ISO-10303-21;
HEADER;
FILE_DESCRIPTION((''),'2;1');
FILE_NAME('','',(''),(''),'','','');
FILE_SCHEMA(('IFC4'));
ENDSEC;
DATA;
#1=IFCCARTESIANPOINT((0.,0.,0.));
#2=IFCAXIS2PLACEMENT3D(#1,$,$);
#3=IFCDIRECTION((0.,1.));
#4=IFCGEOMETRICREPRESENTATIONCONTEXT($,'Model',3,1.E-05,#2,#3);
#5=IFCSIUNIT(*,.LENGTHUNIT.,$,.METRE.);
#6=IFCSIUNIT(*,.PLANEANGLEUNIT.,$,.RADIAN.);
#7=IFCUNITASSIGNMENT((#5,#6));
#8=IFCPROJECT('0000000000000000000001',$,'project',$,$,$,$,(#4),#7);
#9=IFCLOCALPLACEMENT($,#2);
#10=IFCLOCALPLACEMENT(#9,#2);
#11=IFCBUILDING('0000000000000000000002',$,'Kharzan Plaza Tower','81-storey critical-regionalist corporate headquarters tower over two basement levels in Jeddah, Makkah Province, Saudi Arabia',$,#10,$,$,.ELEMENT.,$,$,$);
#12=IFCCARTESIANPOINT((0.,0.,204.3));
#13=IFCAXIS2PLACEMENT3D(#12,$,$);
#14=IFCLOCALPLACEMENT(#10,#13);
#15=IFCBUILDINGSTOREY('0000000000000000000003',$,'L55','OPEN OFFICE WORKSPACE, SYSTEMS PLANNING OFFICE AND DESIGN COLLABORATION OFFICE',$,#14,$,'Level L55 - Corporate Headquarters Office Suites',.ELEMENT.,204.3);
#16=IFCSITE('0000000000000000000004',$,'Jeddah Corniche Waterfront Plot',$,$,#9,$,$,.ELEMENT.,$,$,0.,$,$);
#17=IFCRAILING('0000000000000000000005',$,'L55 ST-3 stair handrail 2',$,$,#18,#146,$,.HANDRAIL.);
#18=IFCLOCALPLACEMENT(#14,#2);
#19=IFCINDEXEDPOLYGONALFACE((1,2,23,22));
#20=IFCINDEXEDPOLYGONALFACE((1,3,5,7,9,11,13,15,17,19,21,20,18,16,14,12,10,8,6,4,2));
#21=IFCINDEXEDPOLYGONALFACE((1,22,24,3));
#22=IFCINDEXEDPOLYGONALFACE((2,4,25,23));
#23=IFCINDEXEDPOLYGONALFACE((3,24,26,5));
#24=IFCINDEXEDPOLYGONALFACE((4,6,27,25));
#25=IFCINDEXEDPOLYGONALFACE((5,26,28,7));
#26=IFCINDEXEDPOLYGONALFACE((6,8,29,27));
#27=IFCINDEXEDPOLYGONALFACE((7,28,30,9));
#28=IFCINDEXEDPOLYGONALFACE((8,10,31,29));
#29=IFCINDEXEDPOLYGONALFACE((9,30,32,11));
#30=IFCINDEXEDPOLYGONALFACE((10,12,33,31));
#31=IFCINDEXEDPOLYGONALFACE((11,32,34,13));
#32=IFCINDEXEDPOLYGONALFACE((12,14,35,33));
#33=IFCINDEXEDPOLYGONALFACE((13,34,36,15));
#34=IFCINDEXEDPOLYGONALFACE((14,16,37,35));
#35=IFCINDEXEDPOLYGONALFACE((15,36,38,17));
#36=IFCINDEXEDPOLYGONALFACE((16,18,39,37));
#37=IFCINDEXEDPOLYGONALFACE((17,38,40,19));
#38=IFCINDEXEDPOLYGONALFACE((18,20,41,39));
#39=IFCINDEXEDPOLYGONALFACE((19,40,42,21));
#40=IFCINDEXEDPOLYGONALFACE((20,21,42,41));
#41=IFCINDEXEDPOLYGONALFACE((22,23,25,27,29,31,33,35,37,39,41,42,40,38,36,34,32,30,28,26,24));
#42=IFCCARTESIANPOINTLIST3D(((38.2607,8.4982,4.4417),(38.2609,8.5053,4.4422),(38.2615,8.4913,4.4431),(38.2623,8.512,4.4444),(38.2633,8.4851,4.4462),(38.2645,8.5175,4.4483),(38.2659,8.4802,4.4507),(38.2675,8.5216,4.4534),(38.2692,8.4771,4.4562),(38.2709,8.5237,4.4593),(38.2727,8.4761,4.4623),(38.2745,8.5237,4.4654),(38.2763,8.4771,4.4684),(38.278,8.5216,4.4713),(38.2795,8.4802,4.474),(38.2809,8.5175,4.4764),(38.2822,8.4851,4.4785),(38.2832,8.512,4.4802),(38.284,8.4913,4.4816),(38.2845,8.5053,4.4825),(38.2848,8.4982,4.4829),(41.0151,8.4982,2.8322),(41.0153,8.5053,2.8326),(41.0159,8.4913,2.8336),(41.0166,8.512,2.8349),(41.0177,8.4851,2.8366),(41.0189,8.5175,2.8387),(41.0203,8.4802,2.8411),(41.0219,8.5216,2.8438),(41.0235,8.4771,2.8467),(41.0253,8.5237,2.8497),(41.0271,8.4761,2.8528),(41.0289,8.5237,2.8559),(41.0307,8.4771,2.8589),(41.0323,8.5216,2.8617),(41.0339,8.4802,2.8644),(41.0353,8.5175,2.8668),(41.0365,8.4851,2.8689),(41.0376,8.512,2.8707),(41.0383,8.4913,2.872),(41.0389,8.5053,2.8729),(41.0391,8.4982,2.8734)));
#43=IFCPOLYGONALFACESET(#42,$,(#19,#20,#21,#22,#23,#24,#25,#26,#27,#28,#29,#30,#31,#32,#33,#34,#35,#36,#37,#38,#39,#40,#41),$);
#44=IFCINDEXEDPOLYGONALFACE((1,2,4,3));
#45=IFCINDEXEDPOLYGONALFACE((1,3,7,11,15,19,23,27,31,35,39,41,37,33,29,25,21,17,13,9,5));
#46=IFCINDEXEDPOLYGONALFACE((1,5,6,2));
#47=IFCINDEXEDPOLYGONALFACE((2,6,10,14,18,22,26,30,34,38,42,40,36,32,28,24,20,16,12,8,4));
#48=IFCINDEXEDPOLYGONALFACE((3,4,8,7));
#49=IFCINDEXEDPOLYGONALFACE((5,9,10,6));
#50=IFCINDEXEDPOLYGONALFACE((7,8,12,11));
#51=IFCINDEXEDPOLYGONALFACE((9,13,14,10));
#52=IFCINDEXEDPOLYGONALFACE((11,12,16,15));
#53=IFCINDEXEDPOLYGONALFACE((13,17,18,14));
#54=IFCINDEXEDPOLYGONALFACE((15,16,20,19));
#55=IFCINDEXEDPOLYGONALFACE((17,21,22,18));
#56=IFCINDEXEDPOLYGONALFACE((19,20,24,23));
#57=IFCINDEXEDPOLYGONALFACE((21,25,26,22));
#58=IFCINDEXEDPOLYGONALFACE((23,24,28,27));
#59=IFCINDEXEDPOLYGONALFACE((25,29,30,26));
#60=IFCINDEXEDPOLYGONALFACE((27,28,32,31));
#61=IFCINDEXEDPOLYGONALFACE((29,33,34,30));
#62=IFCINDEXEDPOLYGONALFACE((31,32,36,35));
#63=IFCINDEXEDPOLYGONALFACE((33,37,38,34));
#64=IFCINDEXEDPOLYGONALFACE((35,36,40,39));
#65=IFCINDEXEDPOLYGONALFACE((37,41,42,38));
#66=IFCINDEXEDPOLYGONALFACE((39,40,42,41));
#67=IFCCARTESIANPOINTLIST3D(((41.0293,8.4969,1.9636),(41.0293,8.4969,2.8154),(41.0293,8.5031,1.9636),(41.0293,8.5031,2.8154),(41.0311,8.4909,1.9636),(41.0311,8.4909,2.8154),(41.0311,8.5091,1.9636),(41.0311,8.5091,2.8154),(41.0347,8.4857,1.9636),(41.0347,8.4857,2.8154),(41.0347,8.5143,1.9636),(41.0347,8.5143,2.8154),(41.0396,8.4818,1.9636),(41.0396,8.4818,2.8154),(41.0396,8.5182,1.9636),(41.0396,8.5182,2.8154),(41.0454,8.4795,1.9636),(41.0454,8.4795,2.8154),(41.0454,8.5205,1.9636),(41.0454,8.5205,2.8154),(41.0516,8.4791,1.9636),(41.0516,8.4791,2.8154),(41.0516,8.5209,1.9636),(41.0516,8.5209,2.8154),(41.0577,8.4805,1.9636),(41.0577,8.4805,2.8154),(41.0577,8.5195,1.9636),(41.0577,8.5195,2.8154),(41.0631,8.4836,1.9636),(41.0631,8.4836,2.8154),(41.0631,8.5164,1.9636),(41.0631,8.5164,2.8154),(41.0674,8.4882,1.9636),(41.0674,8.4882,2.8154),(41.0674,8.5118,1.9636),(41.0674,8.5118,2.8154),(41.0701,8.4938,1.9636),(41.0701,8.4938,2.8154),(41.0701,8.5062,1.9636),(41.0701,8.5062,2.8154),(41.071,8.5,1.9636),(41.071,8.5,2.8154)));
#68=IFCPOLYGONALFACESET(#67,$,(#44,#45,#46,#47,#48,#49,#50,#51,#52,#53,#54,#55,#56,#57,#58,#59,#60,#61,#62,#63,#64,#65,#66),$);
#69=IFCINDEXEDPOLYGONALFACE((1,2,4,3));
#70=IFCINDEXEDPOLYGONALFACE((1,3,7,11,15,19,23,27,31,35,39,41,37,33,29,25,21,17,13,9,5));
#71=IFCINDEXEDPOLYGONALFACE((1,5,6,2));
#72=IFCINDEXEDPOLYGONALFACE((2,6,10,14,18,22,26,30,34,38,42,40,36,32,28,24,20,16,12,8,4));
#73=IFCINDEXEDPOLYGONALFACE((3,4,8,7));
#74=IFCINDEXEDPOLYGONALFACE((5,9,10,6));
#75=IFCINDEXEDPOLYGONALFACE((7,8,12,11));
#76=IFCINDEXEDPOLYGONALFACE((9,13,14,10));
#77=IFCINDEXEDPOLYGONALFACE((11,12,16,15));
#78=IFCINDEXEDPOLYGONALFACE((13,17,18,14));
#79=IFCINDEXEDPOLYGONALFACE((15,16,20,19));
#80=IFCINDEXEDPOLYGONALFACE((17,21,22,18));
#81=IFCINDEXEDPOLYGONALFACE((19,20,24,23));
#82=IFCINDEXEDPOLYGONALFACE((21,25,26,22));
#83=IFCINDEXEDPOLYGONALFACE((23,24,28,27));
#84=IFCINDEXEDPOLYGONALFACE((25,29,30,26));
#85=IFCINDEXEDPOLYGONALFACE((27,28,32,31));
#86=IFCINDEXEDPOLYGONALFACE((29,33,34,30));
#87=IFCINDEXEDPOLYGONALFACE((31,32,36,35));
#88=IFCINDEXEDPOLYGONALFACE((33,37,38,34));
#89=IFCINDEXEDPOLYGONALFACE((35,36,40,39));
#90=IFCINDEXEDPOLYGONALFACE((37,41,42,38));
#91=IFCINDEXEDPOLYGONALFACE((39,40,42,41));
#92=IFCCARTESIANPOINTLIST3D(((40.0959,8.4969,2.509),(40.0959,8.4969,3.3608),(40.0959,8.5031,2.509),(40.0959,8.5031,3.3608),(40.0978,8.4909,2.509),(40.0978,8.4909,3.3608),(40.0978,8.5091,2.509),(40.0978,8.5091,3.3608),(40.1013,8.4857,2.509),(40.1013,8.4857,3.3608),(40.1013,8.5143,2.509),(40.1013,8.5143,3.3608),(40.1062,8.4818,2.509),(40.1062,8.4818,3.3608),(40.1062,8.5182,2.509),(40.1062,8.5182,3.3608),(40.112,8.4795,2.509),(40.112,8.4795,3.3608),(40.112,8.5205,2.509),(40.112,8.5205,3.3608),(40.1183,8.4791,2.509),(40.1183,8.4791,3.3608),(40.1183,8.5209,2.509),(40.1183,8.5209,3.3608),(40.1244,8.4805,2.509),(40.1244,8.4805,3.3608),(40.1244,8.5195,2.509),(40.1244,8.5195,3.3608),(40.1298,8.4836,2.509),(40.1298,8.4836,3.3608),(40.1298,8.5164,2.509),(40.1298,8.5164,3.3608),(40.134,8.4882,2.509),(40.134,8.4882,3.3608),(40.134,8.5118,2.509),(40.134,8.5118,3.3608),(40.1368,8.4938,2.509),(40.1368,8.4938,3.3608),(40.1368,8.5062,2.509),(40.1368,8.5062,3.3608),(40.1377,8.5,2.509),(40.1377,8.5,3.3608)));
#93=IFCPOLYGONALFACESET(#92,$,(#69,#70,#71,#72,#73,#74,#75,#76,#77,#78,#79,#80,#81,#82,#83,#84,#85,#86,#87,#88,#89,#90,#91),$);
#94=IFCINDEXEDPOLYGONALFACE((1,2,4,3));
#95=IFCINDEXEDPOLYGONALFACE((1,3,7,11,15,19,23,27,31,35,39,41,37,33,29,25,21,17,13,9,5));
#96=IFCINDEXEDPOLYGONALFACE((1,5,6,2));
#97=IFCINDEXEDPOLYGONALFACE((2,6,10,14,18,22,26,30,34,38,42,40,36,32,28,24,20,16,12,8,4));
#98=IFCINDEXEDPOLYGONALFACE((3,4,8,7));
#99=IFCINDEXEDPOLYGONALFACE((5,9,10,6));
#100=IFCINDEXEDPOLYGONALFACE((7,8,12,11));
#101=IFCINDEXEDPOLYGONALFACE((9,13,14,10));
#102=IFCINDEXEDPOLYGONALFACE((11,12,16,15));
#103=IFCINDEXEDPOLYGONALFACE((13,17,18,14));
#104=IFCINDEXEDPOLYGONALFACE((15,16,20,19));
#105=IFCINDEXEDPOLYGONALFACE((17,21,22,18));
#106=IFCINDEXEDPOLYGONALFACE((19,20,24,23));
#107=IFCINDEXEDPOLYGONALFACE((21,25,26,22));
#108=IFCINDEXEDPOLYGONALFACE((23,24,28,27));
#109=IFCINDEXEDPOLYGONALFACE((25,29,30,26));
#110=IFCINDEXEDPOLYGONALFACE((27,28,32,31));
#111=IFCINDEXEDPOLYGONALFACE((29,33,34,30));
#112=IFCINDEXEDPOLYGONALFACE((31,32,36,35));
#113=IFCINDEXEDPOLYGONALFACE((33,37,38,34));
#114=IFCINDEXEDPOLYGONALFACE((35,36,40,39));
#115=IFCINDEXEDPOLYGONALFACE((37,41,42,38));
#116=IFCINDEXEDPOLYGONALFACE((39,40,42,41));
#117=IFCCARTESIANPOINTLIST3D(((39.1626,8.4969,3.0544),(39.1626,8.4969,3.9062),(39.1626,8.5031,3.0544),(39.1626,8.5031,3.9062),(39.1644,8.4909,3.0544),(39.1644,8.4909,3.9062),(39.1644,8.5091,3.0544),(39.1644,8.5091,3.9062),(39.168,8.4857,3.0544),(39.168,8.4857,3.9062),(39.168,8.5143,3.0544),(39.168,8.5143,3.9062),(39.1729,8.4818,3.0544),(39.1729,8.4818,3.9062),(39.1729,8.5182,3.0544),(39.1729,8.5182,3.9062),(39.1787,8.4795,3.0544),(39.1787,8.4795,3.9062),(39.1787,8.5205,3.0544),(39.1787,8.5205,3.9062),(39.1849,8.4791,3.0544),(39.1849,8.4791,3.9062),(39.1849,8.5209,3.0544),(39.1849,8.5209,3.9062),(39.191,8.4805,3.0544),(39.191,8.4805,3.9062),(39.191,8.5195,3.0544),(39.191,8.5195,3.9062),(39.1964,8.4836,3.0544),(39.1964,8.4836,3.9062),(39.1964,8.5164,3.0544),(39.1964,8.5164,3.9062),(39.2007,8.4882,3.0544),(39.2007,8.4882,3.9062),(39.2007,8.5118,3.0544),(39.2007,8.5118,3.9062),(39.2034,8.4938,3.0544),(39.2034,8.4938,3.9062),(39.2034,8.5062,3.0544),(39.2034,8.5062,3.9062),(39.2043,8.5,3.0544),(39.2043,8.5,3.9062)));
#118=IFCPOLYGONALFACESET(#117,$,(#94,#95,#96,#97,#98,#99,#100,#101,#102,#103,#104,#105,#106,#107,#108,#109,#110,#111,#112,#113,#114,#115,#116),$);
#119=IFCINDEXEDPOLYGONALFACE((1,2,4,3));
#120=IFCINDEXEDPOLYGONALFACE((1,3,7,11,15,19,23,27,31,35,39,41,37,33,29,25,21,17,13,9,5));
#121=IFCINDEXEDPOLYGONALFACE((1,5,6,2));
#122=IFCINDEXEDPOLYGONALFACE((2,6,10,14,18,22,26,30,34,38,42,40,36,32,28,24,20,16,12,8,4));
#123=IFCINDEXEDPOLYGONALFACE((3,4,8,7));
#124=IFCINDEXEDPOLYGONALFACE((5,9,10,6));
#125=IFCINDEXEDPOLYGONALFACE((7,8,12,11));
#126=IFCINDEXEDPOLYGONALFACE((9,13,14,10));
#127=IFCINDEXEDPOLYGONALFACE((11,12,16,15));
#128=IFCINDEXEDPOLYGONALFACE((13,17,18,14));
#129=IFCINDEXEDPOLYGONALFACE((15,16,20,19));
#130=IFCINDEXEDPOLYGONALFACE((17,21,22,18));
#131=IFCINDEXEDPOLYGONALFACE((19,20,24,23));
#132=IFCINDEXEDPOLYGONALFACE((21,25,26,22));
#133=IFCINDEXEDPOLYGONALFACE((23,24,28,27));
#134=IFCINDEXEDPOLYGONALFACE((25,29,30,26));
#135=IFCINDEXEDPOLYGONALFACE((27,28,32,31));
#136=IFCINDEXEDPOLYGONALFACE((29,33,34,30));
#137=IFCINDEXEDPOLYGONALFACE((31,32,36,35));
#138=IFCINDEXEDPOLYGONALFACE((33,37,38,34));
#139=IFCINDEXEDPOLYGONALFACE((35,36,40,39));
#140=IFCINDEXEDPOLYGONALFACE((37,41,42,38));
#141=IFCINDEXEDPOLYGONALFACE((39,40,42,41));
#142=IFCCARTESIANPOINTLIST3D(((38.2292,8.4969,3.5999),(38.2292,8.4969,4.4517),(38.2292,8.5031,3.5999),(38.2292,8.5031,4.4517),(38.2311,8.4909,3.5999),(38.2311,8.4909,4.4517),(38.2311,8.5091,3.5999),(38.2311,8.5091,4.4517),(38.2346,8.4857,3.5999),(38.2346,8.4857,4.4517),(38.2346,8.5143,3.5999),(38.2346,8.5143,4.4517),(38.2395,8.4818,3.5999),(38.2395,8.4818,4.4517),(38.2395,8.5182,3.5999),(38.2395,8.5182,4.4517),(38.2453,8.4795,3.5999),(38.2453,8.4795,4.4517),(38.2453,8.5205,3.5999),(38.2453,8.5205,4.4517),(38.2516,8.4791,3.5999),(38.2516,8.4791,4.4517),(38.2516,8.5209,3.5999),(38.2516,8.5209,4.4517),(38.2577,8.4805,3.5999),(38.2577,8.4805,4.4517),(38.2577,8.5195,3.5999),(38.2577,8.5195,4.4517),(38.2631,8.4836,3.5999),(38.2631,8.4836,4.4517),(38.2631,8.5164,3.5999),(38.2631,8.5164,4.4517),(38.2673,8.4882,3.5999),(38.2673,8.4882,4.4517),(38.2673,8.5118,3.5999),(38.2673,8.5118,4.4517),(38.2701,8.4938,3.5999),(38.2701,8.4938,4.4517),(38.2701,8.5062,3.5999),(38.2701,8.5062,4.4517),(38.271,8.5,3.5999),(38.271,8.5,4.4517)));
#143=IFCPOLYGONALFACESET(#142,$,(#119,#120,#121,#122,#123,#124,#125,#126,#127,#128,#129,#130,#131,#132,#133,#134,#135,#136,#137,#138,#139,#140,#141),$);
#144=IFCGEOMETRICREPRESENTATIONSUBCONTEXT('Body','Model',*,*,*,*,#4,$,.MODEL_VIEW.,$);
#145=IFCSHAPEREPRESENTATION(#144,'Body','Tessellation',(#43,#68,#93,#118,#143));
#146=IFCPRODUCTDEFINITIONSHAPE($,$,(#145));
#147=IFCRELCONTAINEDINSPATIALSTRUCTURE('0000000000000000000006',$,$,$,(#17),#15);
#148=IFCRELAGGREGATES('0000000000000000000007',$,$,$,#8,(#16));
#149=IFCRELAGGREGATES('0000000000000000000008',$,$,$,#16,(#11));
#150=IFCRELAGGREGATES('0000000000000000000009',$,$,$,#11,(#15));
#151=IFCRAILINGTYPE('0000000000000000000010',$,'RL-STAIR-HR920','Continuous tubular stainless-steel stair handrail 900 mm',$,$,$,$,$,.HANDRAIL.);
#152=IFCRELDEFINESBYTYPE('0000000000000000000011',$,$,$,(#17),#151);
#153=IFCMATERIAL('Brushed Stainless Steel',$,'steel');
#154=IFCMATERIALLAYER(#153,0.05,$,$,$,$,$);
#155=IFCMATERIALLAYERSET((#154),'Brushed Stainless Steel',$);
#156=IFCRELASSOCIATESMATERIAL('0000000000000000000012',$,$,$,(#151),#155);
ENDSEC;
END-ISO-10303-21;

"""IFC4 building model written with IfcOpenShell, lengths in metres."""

from ifc_helpers import new_model, si_unit, direction, frame, origin, origin_2d, place, context, subcontext, project, spatial, circle, extrude, source, transform, mapped, material, layer, layer_set, type_object, element, save


model = new_model("IFC4")

# Units and contexts
model_context = context("Model", 3, precision=1e-05, world=origin(), true_north=direction((0.0, 1.0)))
body_context = subcontext(model_context, "Body", "Model", "MODEL_VIEW")
ifc_project = project(units=[si_unit("LENGTHUNIT", "METRE"), si_unit("PLANEANGLEUNIT", "RADIAN")], contexts=[model_context])

# Site, building, storey
site_placement = place(None, origin())
site = spatial("IfcSite", under=ifc_project, at=site_placement, Name="Jeddah Corniche Waterfront Plot", CompositionType="ELEMENT", RefElevation=0.0)
building_placement = place(site_placement, origin())
building = spatial("IfcBuilding", under=site, at=building_placement, Name="Kharzan Plaza Tower", Description="81-storey critical-regionalist corporate headquarters tower over two basement levels in Jeddah, Makkah Province, Saudi Arabia", CompositionType="ELEMENT")
storey_placement = place(building_placement, frame((0.0, 0.0, 204.3)))
storey = spatial("IfcBuildingStorey", under=building, at=storey_placement, Name="L55", Description="OPEN OFFICE WORKSPACE, SYSTEMS PLANNING OFFICE AND DESIGN COLLABORATION OFFICE", LongName="Level L55 - Corporate Headquarters Office Suites", CompositionType="ELEMENT", Elevation=204.3)

# Shared definitions
ifc_material_1 = material(Name="Brushed Stainless Steel", Category="steel")

# Railing
ifc_layer_1 = layer(ifc_material_1, 0.05)
ifc_layer_set_1 = layer_set([ifc_layer_1], Name="Brushed Stainless Steel")
railing_type_1 = type_object("IfcRailingType", Name="RL-STAIR-HR920", Description="Continuous tubular stainless-steel stair handrail 900 mm", PredefinedType="HANDRAIL", material=ifc_layer_set_1)
shared_shape_1 = source(origin(), body_context, "Body", "SweptSolid", [
    extrude(circle(Radius=0.0239, at=origin_2d()), frame((-0.0229, 0.0, 0.8892), z_axis=(-0.863394, 0.0, 0.504531), x_axis=(0.0, -1.0, 0.0)), (0.0, 0.0, 1.0), 3.1902),
    extrude(circle(Radius=0.021, at=origin_2d()), origin(), (0.0, 0.0, 1.0), 0.8518),
    extrude(circle(Radius=0.021, at=origin_2d()), frame((-0.9333, 0.0, 0.5454)), (0.0, 0.0, 1.0), 0.8518),
    extrude(circle(Radius=0.021, at=origin_2d()), frame((-1.8667, 0.0, 1.0908)), (0.0, 0.0, 1.0), 0.8518),
    extrude(circle(Radius=0.021, at=origin_2d()), frame((-2.8, 0.0, 1.6362)), (0.0, 0.0, 1.0), 0.8518),
])
railing_1_placement = place(storey_placement, frame((41.05, 8.5, 1.9636)))
element("IfcRailing", 1, at=railing_1_placement, inside=storey, type_object=railing_type_1, Name="L55 ST-3 stair handrail 2", PredefinedType="HANDRAIL", context=body_context, shape_type="MappedRepresentation", body=[
    mapped(shared_shape_1, transform((0.0, 0.0, 0.0), x_axis=(1.0, 0.0, 0.0), y_axis=(0.0, 1.0, 0.0), z_axis=(0.0, 0.0, 1.0))),
])

save(model, "model.ifc")
